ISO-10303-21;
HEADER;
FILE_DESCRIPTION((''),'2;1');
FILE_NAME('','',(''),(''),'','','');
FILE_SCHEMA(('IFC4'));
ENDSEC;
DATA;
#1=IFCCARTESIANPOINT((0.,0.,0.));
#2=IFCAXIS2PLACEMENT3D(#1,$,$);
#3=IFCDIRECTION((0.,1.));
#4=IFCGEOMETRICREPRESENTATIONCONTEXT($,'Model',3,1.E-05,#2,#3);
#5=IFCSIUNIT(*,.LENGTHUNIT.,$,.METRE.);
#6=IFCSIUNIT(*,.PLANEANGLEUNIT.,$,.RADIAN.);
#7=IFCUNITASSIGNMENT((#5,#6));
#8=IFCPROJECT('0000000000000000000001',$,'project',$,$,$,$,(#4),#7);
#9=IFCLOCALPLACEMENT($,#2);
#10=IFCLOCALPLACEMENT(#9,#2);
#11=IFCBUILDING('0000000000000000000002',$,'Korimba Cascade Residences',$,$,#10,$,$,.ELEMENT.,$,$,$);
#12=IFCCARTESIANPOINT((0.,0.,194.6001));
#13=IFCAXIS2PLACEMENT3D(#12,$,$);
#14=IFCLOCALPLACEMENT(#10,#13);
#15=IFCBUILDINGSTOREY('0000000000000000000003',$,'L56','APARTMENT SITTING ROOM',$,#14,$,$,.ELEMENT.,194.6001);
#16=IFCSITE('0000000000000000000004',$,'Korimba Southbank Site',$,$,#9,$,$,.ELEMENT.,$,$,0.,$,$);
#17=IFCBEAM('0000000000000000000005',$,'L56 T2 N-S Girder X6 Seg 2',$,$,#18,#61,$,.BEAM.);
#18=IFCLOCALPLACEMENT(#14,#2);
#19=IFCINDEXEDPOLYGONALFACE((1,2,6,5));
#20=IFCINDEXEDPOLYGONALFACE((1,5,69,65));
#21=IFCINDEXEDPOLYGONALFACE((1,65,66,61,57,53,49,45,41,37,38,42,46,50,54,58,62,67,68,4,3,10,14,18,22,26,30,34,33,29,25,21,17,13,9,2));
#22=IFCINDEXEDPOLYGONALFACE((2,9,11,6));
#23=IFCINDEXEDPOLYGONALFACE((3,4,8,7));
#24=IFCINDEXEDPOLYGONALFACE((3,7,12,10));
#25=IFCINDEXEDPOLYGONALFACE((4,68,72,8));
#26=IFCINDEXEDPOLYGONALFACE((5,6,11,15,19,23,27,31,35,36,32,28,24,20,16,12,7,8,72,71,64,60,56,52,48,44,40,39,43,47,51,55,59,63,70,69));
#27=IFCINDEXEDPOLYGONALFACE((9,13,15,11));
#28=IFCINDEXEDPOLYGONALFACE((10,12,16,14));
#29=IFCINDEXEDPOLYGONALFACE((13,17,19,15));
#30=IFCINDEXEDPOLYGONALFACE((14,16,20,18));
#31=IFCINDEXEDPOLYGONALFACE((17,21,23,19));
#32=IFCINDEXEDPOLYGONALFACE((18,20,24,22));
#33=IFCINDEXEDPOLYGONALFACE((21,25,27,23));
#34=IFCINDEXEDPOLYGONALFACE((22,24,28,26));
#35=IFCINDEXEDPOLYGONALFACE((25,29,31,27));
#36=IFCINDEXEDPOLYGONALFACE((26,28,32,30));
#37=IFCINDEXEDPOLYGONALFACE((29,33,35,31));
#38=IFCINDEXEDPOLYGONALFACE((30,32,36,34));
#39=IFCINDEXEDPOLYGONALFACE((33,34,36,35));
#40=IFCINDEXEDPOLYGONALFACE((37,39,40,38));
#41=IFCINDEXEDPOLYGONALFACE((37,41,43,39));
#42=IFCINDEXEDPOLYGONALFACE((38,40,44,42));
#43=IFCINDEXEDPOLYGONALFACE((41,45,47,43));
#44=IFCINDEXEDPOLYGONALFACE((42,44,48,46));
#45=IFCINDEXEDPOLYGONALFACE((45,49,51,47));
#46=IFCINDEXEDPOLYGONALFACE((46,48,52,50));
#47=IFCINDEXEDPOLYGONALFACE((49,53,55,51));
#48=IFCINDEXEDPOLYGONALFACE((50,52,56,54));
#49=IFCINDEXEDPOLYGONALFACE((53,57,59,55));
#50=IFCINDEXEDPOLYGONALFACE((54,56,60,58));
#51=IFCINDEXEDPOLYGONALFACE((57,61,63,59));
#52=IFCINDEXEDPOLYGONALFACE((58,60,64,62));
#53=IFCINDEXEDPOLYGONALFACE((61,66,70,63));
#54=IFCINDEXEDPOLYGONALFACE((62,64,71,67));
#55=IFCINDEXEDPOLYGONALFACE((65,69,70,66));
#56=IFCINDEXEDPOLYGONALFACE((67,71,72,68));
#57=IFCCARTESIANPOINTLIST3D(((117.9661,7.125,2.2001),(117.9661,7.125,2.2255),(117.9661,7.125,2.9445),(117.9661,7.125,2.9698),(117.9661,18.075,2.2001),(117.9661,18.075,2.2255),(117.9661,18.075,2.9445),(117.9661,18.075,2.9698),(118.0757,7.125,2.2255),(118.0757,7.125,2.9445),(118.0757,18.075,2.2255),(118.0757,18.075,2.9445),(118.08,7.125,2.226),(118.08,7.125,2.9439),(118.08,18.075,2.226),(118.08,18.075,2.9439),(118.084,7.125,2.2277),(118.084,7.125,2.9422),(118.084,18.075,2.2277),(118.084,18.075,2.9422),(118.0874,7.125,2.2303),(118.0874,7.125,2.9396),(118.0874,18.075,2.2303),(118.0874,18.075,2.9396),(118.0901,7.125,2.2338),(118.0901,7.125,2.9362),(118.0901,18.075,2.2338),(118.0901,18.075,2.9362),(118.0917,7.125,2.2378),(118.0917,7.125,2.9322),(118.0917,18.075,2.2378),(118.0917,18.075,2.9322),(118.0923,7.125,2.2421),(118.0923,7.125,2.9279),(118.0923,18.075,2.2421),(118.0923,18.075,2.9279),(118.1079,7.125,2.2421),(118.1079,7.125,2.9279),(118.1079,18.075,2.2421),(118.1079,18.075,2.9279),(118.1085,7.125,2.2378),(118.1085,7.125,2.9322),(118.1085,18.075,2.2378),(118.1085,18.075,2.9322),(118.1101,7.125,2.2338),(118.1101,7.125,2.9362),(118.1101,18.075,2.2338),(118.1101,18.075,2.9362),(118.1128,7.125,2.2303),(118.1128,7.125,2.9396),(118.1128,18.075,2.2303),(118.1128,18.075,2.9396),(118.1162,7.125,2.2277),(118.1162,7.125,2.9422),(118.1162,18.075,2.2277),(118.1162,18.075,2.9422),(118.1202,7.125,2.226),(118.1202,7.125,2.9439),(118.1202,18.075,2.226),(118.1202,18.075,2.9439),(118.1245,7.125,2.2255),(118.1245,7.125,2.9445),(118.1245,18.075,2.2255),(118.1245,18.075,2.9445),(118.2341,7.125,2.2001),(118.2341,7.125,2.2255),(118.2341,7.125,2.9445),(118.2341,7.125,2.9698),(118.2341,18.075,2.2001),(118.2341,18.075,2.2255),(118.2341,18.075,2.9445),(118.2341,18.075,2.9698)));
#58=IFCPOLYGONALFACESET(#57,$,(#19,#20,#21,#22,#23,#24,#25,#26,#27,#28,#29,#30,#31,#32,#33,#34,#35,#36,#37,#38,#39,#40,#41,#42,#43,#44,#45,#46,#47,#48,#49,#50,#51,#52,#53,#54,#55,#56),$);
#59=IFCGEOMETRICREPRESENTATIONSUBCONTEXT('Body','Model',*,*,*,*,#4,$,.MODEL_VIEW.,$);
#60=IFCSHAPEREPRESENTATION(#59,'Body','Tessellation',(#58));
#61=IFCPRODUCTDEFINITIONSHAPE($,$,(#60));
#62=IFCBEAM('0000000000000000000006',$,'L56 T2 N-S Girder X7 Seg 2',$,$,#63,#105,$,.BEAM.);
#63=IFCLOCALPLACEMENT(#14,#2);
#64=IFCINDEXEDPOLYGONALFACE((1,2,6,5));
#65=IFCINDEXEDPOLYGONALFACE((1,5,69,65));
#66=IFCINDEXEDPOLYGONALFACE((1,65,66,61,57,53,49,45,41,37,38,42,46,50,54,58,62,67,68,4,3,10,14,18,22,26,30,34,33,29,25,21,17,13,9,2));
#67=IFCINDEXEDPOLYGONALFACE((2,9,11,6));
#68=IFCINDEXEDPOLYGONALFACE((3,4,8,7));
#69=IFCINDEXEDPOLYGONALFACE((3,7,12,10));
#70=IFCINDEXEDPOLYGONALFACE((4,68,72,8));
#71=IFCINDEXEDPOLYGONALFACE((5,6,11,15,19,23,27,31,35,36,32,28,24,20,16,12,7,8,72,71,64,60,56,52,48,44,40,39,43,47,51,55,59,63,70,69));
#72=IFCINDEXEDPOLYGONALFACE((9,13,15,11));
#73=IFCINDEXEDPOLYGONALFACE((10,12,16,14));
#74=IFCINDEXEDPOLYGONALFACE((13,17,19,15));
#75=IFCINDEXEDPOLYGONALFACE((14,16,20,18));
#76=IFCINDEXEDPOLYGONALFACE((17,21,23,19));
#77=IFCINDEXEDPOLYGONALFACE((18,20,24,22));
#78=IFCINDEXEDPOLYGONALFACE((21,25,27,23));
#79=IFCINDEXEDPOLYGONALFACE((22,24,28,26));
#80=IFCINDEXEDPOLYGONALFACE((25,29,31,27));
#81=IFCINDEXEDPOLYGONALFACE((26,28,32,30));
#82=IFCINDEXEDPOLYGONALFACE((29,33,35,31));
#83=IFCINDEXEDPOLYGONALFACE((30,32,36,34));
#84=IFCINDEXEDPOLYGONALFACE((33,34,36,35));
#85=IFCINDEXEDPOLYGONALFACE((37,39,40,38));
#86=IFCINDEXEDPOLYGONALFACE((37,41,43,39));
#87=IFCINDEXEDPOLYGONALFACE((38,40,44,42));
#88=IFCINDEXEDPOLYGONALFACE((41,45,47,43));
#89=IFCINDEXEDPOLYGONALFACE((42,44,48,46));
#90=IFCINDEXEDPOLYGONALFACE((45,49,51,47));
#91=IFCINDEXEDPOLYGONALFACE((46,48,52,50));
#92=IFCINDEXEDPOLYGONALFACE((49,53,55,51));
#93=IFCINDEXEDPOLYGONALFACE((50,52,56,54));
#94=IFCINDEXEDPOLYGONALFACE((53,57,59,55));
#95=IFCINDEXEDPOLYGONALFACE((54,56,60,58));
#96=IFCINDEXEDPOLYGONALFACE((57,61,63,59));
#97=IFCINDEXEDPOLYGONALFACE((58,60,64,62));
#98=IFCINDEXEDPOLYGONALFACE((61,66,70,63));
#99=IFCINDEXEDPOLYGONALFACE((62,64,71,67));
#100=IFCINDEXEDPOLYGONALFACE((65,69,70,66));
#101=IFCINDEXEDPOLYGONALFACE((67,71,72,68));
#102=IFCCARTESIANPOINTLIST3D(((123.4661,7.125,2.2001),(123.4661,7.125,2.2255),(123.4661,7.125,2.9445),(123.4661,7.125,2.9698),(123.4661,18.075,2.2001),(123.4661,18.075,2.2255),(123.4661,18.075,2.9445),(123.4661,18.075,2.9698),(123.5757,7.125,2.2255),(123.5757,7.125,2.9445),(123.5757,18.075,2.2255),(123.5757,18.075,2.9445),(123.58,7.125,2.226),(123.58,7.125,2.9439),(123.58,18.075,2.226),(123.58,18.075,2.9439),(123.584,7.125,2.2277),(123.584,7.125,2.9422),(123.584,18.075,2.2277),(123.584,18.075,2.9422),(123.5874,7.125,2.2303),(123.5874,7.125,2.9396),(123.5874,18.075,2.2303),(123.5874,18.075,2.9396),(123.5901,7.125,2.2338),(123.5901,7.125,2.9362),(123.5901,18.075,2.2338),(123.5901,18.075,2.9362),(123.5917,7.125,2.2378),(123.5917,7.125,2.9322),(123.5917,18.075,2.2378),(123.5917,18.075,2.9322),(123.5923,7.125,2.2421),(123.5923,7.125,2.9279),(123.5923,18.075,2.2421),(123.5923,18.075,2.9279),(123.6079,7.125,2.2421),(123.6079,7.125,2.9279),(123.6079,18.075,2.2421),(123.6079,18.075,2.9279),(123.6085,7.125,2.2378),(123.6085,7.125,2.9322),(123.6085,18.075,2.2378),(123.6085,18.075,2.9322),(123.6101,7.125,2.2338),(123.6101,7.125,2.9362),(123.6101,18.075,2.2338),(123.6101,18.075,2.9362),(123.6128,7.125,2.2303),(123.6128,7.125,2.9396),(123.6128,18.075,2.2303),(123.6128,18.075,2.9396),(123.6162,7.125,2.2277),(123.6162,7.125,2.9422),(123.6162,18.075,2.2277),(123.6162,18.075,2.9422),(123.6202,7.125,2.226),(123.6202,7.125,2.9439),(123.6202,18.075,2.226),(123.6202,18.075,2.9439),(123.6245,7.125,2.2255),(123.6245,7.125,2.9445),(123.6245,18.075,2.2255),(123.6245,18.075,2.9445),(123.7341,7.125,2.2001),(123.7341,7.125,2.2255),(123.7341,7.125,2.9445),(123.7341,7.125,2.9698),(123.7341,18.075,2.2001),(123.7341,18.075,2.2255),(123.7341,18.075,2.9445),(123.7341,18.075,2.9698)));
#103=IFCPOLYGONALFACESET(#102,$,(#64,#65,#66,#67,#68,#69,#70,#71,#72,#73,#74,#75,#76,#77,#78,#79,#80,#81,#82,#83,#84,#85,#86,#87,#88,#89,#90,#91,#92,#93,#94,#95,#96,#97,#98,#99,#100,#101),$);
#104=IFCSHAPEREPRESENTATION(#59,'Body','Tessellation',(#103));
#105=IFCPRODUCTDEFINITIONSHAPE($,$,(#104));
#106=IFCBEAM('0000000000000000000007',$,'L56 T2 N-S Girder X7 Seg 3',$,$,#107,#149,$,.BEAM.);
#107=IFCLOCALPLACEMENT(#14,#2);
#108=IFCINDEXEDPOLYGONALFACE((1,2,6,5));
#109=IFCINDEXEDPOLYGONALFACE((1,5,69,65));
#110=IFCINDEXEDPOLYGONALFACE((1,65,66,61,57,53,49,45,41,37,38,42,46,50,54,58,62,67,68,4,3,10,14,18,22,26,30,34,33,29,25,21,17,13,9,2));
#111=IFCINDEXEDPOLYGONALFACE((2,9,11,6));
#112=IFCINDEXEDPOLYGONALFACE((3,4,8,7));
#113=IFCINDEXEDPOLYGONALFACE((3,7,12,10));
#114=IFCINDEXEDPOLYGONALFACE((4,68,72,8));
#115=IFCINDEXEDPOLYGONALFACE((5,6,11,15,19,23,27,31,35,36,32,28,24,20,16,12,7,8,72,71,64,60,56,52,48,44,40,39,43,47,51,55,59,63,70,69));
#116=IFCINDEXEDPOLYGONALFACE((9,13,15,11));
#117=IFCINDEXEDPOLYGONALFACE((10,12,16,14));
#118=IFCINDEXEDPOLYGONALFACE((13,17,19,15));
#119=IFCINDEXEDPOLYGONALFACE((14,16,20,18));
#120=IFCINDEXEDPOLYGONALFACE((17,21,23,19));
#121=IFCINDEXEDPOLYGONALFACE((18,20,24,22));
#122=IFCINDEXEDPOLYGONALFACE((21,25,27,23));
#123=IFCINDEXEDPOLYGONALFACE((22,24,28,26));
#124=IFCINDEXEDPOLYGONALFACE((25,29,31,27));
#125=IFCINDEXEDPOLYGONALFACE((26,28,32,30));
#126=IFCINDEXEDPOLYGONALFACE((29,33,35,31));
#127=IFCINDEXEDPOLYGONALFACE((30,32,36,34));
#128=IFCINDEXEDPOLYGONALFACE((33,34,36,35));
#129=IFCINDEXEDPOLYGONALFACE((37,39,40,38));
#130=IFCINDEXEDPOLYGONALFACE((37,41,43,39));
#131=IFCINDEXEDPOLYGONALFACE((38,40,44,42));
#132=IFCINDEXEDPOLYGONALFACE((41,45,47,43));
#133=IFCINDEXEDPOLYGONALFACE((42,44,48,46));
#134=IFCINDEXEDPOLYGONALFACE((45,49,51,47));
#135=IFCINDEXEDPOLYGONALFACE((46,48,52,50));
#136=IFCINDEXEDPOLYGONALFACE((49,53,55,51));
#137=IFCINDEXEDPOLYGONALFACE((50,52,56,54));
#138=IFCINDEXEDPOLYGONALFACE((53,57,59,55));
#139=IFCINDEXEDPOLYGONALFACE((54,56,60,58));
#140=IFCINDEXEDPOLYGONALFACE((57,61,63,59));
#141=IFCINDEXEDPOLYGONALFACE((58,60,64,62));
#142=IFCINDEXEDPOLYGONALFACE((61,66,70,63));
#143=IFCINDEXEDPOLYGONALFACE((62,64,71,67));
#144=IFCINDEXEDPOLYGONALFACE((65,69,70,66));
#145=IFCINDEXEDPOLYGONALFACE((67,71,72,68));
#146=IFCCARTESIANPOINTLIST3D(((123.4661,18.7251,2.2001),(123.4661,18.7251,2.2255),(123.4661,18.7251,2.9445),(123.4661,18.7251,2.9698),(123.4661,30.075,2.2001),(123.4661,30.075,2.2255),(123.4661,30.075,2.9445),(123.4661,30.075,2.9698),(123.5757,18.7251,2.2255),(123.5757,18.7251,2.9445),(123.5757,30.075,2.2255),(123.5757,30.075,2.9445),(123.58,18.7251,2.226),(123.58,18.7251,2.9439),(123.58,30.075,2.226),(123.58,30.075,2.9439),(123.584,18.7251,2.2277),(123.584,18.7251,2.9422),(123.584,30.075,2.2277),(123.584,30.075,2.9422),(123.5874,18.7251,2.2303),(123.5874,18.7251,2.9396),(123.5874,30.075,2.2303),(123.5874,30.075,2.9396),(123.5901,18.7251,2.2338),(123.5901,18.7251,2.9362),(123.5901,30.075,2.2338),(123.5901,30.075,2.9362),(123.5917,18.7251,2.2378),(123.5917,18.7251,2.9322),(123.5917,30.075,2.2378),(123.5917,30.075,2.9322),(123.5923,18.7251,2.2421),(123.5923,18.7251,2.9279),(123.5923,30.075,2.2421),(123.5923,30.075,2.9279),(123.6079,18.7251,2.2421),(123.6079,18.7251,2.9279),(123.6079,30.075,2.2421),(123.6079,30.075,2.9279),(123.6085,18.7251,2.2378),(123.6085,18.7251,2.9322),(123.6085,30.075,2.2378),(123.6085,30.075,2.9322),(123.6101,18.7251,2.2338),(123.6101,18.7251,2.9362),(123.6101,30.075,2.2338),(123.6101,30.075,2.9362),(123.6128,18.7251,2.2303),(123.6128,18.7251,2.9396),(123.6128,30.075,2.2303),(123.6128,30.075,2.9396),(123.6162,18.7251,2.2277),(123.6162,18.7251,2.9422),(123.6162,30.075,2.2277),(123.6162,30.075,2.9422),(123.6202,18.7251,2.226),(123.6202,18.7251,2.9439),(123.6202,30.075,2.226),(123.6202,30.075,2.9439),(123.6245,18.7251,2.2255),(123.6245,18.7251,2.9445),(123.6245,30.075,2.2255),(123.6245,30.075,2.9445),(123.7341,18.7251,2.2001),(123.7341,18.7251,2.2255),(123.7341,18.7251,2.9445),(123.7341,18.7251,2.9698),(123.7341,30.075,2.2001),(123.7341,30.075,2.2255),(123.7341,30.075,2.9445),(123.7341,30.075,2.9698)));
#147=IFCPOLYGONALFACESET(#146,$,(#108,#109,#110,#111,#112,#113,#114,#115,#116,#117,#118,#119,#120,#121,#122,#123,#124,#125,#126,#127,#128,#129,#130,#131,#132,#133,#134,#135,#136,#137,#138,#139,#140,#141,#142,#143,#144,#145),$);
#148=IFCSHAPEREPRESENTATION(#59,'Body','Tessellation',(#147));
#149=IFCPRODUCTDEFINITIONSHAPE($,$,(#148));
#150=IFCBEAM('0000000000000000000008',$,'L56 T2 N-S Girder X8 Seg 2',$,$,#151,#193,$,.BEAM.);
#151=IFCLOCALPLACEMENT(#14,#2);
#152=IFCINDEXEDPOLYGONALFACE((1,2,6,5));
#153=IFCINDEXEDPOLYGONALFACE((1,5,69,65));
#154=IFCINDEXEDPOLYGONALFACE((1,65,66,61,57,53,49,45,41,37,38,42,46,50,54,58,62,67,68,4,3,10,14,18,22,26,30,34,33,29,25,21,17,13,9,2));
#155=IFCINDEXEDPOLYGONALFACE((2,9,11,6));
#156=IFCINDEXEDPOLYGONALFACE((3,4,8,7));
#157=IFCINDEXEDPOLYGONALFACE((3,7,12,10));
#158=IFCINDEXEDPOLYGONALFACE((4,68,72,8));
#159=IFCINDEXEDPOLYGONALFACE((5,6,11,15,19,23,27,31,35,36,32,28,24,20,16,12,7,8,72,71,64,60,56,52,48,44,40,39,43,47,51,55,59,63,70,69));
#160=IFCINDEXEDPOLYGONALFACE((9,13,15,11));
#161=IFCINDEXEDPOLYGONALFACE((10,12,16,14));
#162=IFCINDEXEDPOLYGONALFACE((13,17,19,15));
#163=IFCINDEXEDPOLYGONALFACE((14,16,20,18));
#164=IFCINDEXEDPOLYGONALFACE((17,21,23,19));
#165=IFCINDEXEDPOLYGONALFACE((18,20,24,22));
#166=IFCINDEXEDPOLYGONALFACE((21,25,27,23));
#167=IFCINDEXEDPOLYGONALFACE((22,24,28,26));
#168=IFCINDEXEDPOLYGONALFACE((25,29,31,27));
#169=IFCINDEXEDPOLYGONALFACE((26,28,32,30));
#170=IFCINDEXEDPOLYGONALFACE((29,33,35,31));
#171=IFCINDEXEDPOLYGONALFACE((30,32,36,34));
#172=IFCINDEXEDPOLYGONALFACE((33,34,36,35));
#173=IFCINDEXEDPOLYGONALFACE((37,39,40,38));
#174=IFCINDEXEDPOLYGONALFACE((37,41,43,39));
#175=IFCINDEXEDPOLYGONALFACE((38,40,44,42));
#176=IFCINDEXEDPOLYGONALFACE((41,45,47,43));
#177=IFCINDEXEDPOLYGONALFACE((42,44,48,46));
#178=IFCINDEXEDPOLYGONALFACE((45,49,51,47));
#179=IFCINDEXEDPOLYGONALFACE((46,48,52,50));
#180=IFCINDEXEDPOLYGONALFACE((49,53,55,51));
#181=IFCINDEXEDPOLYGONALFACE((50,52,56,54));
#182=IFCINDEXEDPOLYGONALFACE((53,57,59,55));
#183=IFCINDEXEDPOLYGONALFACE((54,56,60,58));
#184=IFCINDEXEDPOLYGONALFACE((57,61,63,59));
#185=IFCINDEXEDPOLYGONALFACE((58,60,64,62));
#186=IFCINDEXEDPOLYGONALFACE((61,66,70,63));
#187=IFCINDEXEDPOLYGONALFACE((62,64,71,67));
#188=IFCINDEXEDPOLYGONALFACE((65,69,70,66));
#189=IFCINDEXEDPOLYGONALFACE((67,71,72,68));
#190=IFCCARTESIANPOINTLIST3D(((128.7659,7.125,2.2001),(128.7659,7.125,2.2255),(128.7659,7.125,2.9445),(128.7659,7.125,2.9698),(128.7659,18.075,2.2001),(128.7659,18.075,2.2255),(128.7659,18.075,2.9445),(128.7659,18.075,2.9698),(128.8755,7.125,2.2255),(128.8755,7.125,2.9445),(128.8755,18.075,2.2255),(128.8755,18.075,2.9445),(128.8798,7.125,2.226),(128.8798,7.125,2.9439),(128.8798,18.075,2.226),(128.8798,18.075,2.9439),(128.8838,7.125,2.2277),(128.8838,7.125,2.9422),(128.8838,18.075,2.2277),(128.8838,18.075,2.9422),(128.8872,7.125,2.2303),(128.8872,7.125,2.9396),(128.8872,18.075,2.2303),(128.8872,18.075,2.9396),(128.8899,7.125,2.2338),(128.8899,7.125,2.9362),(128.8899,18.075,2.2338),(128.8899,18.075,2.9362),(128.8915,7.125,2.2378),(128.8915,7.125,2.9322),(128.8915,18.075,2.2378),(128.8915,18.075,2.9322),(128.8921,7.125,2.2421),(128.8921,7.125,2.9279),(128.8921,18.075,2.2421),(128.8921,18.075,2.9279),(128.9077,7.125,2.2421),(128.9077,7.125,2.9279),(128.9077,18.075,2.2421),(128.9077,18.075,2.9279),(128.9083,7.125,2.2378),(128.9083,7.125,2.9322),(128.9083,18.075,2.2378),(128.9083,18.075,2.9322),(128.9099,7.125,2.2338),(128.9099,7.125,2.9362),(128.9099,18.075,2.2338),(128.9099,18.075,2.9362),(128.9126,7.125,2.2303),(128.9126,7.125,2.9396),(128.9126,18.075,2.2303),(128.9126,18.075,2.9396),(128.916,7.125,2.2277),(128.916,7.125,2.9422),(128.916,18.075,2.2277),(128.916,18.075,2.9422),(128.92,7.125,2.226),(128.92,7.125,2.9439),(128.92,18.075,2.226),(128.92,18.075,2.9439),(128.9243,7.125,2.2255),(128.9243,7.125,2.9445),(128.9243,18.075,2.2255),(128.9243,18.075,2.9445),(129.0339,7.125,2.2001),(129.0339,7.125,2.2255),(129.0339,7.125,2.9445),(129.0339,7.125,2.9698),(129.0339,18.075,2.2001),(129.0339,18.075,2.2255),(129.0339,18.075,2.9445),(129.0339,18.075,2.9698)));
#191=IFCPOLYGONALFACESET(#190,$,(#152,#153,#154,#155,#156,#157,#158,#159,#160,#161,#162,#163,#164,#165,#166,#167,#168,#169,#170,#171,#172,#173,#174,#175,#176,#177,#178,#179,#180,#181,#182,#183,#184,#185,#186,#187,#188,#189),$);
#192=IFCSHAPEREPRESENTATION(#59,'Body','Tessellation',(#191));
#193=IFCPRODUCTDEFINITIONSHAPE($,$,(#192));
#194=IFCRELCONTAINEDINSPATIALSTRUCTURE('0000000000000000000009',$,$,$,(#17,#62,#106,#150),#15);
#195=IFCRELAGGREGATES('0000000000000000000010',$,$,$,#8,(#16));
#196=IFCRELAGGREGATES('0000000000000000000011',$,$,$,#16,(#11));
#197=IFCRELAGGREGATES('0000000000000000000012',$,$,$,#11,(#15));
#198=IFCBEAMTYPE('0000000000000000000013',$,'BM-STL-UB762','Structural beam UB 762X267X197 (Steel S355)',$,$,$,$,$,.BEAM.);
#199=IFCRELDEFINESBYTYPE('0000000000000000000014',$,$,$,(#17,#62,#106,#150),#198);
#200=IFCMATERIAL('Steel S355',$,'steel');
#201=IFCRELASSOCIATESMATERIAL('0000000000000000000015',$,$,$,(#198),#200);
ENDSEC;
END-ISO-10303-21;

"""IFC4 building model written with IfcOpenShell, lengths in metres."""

from ifc_helpers import new_model, si_unit, direction, frame, origin, origin_2d, place, context, subcontext, project, spatial, i_section, extrude, material, material_profile, profile_set, type_object, element, save


model = new_model("IFC4")

# Units and contexts
model_context = context("Model", 3, precision=1e-05, world=origin(), true_north=direction((0.0, 1.0)))
body_context = subcontext(model_context, "Body", "Model", "MODEL_VIEW")
ifc_project = project(units=[si_unit("LENGTHUNIT", "METRE"), si_unit("PLANEANGLEUNIT", "RADIAN")], contexts=[model_context])

# Site, building, storey
site_placement = place(None, origin())
site = spatial("IfcSite", under=ifc_project, at=site_placement, Name="Korimba Southbank Site", CompositionType="ELEMENT", RefElevation=0.0)
building_placement = place(site_placement, origin())
building = spatial("IfcBuilding", under=site, at=building_placement, Name="Korimba Cascade Residences", CompositionType="ELEMENT")
storey_placement = place(building_placement, frame((0.0, 0.0, 194.6001)))
storey = spatial("IfcBuildingStorey", under=building, at=storey_placement, Name="L56", Description="APARTMENT SITTING ROOM", CompositionType="ELEMENT", Elevation=194.6001)

# Beams
ifc_material_1 = material(Name="Steel S355", Category="steel")
ifc_material_profile_1 = material_profile(ifc_material_1, i_section(OverallWidth=0.2681, OverallDepth=0.7698, WebThickness=0.0156, FlangeThickness=0.0254, FilletRadius=0.0166, at=origin_2d()), Name="Steel S355")
ifc_profile_set_1 = profile_set([ifc_material_profile_1], Name="Steel S355")
beam_type_1 = type_object("IfcBeamType", Name="BM-STL-UB762", Description="Structural beam UB 762X267X197 (Steel S355)", PredefinedType="BEAM", material=ifc_profile_set_1)
for number, where, z_axis, x_axis, name in (
    (1, (118.1001, 7.125, 2.585), (0.0, 1.0, 0.0), (-1.0, 0.0, 0.0), "L56 T2 N-S Girder X6 Seg 2"),
    (2, (123.6001, 7.125, 2.585), (0.0, 1.0, 0.0), (-1.0, 0.0, 0.0), "L56 T2 N-S Girder X7 Seg 2"),
):
    element("IfcBeam", number, at=place(storey_placement, frame(where, z_axis=z_axis, x_axis=x_axis)), inside=storey, type_object=beam_type_1, Name=name, PredefinedType="BEAM", context=body_context, shape_type="SweptSolid", body=[
        extrude(i_section(OverallWidth=0.2681, OverallDepth=0.7698, WebThickness=0.0156, FlangeThickness=0.0254, FilletRadius=0.0166, at=origin_2d()), origin(), (0.0, 0.0, 1.0), 10.95),
    ])
beam_1_placement = place(storey_placement, frame((123.6001, 18.7251, 2.585), z_axis=(0.0, 1.0, 0.0), x_axis=(-1.0, 0.0, 0.0)))
element("IfcBeam", 3, at=beam_1_placement, inside=storey, type_object=beam_type_1, Name="L56 T2 N-S Girder X7 Seg 3", PredefinedType="BEAM", context=body_context, shape_type="SweptSolid", body=[
    extrude(i_section(OverallWidth=0.2681, OverallDepth=0.7698, WebThickness=0.0156, FlangeThickness=0.0254, FilletRadius=0.0166, at=origin_2d()), origin(), (0.0, 0.0, 1.0), 11.3499),
])
beam_2_placement = place(storey_placement, frame((128.8999, 7.125, 2.585), z_axis=(0.0, 1.0, 0.0), x_axis=(-1.0, 0.0, 0.0)))
element("IfcBeam", 4, at=beam_2_placement, inside=storey, type_object=beam_type_1, Name="L56 T2 N-S Girder X8 Seg 2", PredefinedType="BEAM", context=body_context, shape_type="SweptSolid", body=[
    extrude(i_section(OverallWidth=0.2681, OverallDepth=0.7698, WebThickness=0.0156, FlangeThickness=0.0254, FilletRadius=0.0166, at=origin_2d()), origin(), (0.0, 0.0, 1.0), 10.95),
])

save(model, "model.ifc")
